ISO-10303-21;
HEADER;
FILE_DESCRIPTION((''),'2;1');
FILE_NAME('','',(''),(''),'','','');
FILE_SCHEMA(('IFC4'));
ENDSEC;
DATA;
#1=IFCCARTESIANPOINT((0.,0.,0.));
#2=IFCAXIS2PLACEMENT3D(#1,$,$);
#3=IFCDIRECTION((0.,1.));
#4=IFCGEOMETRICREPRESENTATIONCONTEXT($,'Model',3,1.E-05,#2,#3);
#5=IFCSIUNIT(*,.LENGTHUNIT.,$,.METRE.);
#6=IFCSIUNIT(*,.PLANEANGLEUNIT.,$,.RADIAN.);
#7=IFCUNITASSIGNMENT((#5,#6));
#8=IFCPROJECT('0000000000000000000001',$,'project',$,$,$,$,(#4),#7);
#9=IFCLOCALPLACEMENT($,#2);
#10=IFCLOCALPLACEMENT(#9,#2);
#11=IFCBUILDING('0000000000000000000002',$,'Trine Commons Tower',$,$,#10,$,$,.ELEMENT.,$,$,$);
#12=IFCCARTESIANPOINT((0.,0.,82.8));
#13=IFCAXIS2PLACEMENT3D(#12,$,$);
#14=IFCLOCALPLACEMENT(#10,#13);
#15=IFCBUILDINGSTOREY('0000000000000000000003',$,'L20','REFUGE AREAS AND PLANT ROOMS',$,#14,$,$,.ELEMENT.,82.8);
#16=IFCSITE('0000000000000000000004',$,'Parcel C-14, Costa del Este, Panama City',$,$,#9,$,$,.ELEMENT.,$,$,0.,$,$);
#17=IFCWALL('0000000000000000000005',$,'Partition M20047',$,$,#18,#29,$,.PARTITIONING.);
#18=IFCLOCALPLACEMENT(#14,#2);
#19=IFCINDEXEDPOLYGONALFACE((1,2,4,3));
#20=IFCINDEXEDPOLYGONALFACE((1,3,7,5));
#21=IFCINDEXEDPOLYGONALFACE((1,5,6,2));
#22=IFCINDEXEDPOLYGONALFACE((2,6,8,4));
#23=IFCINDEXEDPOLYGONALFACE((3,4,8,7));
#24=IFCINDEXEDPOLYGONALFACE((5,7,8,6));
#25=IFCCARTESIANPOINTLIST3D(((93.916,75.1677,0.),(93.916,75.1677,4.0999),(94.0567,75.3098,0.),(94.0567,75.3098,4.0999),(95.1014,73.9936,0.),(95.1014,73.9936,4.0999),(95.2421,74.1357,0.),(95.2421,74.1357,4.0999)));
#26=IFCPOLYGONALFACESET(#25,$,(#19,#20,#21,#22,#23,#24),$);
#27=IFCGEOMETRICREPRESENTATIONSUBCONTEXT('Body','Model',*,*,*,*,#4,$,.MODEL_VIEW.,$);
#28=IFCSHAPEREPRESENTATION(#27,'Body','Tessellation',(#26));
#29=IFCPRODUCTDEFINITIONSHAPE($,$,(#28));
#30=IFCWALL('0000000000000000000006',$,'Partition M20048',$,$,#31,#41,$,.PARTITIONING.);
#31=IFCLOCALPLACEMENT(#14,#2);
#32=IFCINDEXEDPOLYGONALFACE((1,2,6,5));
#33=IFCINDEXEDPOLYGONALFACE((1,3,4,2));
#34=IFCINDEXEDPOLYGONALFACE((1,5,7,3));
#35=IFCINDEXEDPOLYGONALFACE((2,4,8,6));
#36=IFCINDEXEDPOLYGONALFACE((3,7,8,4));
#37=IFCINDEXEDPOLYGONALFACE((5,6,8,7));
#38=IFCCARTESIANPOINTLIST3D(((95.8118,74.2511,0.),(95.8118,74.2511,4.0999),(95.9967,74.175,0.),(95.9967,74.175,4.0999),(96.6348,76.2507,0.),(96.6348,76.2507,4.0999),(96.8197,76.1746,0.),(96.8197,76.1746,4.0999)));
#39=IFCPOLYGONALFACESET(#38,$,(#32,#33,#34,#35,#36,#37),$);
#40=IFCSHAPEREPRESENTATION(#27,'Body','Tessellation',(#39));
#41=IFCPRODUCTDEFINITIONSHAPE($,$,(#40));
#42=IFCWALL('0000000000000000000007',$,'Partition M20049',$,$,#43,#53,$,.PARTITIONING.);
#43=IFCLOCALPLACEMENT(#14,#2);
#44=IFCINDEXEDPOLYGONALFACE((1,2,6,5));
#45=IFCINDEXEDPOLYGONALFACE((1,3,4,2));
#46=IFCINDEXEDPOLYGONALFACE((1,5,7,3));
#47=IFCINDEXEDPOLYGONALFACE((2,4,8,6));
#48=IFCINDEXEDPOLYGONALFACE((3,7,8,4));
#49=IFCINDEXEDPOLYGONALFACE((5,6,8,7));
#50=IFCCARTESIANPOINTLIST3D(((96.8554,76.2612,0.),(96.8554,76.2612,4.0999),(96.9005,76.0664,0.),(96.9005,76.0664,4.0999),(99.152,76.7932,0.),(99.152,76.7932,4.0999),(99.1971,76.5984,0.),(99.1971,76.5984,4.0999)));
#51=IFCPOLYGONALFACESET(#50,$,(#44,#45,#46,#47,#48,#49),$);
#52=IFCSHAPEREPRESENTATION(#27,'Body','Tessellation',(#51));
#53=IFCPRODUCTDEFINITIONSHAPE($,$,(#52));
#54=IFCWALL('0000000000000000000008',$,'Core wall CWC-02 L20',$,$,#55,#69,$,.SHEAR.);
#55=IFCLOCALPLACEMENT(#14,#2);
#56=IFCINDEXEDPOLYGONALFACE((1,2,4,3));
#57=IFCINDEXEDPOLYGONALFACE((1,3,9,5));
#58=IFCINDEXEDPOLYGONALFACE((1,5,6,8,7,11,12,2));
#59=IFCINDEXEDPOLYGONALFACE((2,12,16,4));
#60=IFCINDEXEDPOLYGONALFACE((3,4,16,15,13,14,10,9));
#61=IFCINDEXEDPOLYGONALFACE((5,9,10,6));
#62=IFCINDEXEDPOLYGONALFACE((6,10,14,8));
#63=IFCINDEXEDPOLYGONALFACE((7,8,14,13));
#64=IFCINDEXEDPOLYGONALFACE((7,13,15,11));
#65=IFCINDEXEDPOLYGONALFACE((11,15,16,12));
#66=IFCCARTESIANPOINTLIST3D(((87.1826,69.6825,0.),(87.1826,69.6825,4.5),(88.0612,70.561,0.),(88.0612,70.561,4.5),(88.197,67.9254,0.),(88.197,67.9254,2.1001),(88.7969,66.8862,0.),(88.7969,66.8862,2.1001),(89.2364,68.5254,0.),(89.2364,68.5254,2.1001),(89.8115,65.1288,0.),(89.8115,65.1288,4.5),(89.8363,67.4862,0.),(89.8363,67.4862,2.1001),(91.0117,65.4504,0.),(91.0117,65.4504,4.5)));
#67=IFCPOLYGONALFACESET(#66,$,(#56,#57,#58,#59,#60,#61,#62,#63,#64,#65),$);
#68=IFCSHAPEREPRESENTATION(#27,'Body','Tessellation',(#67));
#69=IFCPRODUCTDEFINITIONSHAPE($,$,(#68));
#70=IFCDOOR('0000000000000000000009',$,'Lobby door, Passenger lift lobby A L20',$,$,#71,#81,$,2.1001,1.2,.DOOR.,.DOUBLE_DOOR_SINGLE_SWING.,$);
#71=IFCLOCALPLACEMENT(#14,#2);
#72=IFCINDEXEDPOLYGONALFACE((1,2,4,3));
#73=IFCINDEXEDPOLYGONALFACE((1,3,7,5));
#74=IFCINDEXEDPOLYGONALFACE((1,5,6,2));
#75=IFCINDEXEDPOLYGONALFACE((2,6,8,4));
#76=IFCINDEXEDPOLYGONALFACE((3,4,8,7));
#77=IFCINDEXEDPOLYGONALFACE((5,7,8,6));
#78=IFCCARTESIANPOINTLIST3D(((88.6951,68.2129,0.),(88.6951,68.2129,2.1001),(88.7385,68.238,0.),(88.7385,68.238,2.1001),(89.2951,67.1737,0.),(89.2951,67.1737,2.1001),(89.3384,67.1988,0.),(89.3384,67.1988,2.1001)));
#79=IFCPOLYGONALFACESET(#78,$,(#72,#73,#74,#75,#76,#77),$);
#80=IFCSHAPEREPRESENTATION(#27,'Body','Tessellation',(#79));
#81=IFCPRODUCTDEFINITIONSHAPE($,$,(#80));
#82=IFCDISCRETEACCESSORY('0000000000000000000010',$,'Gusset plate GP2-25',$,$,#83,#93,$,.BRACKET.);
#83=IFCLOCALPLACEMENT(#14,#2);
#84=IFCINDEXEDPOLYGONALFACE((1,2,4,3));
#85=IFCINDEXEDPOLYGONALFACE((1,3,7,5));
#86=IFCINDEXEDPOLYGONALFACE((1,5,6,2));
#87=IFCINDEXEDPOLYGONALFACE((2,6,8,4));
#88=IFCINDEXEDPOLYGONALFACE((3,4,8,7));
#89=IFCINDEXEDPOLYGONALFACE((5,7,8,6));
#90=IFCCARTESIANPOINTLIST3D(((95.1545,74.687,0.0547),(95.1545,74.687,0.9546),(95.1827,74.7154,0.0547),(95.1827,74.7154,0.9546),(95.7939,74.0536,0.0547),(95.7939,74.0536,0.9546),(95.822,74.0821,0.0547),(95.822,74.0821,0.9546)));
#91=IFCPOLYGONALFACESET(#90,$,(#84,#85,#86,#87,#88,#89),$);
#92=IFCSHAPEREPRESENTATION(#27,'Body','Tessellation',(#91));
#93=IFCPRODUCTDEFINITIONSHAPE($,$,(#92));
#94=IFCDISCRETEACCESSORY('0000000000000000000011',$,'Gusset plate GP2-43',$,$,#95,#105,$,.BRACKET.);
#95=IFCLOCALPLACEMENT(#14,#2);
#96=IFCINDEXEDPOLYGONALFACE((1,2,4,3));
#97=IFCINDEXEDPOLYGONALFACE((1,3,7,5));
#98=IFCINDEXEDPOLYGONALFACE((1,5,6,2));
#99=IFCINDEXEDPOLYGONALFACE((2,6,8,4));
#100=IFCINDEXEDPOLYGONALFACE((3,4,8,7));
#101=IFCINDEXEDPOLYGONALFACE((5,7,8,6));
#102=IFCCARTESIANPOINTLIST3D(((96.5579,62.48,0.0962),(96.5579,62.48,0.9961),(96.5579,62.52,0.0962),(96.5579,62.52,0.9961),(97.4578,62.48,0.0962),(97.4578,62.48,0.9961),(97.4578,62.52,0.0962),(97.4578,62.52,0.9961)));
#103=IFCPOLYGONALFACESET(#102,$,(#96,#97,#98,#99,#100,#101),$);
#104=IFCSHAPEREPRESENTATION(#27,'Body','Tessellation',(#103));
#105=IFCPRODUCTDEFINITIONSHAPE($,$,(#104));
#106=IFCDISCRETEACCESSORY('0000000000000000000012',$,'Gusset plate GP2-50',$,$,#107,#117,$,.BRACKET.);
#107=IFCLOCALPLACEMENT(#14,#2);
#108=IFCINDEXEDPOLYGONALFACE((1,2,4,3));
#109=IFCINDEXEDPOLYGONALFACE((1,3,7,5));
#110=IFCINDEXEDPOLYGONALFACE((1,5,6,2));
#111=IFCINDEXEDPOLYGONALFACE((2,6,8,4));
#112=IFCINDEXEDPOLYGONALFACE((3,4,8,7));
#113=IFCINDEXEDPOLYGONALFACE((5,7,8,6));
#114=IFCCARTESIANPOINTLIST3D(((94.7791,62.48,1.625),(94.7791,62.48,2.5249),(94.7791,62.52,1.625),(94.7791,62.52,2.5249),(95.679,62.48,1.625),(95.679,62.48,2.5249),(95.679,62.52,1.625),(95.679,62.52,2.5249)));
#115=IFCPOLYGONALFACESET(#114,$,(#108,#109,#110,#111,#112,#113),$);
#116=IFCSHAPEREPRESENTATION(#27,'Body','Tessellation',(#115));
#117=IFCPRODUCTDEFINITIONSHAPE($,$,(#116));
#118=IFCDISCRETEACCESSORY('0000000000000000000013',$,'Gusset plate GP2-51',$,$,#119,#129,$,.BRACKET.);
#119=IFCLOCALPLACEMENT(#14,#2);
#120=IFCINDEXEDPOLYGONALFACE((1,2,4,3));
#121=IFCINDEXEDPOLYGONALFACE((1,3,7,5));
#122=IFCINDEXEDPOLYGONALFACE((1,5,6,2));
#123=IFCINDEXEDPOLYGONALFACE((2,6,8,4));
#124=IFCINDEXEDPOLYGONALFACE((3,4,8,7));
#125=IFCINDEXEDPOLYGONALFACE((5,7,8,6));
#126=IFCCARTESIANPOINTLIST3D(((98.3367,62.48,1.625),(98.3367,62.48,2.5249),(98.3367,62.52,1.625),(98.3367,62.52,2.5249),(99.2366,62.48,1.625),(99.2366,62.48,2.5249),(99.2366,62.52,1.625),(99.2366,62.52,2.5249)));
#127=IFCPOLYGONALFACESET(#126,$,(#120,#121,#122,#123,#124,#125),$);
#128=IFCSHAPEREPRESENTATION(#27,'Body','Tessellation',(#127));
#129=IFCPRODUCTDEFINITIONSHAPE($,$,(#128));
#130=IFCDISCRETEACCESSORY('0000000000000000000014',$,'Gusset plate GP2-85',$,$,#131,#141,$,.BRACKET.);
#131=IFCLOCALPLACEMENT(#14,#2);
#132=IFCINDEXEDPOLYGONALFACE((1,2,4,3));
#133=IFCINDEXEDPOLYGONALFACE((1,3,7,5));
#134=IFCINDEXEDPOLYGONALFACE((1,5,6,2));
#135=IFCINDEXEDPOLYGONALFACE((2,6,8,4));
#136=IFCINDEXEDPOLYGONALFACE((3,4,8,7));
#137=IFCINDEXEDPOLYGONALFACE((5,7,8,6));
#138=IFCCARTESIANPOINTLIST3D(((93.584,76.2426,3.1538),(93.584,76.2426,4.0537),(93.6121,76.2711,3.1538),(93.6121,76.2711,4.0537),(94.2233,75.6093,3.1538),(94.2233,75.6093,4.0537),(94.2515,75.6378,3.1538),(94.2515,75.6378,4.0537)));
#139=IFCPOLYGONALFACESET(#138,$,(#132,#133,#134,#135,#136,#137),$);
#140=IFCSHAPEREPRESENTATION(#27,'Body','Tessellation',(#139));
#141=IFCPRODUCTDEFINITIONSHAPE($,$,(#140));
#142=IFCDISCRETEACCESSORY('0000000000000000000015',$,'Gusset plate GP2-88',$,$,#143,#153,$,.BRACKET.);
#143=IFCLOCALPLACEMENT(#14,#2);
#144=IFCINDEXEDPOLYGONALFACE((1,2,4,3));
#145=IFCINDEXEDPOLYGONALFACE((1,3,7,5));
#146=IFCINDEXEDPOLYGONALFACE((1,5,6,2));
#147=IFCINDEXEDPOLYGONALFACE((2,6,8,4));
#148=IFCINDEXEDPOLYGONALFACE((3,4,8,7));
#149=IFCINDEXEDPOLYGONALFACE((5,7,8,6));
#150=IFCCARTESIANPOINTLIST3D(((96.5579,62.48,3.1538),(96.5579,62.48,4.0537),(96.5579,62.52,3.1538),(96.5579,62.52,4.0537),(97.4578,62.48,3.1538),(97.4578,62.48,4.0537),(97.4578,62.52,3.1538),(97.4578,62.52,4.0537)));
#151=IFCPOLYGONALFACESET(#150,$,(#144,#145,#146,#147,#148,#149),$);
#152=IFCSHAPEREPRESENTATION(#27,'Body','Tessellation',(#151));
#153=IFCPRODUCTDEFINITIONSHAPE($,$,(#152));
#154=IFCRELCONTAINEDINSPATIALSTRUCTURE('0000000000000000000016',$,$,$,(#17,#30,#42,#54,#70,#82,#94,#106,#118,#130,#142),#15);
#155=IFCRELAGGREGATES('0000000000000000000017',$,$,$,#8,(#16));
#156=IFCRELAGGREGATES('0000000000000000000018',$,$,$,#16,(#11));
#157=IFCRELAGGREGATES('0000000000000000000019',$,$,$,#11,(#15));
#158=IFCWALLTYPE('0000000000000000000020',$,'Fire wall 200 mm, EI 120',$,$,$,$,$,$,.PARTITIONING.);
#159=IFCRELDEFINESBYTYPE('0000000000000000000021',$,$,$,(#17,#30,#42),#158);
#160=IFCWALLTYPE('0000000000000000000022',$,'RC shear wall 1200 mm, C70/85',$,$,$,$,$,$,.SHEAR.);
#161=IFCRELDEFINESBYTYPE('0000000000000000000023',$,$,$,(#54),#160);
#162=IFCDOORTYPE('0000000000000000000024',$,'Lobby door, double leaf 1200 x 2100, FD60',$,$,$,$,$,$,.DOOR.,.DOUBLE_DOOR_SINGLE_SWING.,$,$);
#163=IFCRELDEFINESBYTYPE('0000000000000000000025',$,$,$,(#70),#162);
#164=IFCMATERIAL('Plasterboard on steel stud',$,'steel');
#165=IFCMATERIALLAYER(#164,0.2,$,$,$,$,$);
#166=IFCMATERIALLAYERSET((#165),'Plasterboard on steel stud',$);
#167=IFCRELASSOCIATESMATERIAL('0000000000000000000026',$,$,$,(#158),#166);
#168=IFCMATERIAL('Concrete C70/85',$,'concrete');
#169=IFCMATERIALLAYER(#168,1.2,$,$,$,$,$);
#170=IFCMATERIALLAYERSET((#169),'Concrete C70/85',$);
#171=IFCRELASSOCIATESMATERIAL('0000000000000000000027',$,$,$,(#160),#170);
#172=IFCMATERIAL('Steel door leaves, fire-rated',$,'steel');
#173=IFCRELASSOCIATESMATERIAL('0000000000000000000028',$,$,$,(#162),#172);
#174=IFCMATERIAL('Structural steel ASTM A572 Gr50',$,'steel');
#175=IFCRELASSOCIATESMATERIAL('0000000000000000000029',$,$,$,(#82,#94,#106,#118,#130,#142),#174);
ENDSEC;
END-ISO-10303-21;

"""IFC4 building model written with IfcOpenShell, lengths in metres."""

from ifc_helpers import new_model, si_unit, direction, frame, frame_2d, origin, origin_2d, place, context, subcontext, project, spatial, polyline, rectangle, outline, extrude, material, layer, layer_set, type_object, element, fill, save


model = new_model("IFC4")

# Units and contexts
model_context = context("Model", 3, precision=1e-05, world=origin(), true_north=direction((0.0, 1.0)))
body_context = subcontext(model_context, "Body", "Model", "MODEL_VIEW")
ifc_project = project(units=[si_unit("LENGTHUNIT", "METRE"), si_unit("PLANEANGLEUNIT", "RADIAN")], contexts=[model_context])

# Site, building, storey
site_placement = place(None, origin())
site = spatial("IfcSite", under=ifc_project, at=site_placement, Name="Parcel C-14, Costa del Este, Panama City", CompositionType="ELEMENT", RefElevation=0.0)
building_placement = place(site_placement, origin())
building = spatial("IfcBuilding", under=site, at=building_placement, Name="Trine Commons Tower", CompositionType="ELEMENT")
storey_placement = place(building_placement, frame((0.0, 0.0, 82.8)))
storey = spatial("IfcBuildingStorey", under=building, at=storey_placement, Name="L20", Description="REFUGE AREAS AND PLANT ROOMS", CompositionType="ELEMENT", Elevation=82.8)

# Shared definitions
ifc_material_1 = material(Name="Plasterboard on steel stud", Category="steel")
ifc_layer_1 = layer(ifc_material_1, 0.2)
ifc_layer_set_1 = layer_set([ifc_layer_1], Name="Plasterboard on steel stud")
wall_type_1 = type_object("IfcWallType", Name="Fire wall 200 mm, EI 120", PredefinedType="PARTITIONING", material=ifc_layer_set_1)

# Walls
wall_1_placement = place(storey_placement, frame((93.9863, 75.2388, 0.0), z_axis=(0.0, 0.0, 1.0), x_axis=(0.710465, -0.703733, 0.0)))
element("IfcWall", 1, at=wall_1_placement, inside=storey, type_object=wall_type_1, Name="Partition M20047", PredefinedType="PARTITIONING", context=body_context, shape_type="SweptSolid", body=[
    extrude(rectangle(XDim=1.6685, YDim=0.2, at=frame_2d((0.8342, 0.0))), origin(), (0.0, 0.0, 1.0), 4.0999),
])
wall_2_placement = place(storey_placement, frame((95.9043, 74.2131, 0.0), z_axis=(0.0, 0.0, 1.0), x_axis=(0.380619, 0.924732, 0.0)))
element("IfcWall", 2, at=wall_2_placement, inside=storey, type_object=wall_type_1, Name="Partition M20048", PredefinedType="PARTITIONING", context=body_context, shape_type="SweptSolid", body=[
    extrude(rectangle(XDim=2.1624, YDim=0.2, at=frame_2d((1.0811, 0.0))), origin(), (0.0, 0.0, 1.0), 4.0999),
])
wall_3_placement = place(storey_placement, frame((96.8779, 76.1638, 0.0), z_axis=(0.0, 0.0, 1.0), x_axis=(0.974206, 0.225661, 0.0)))
element("IfcWall", 3, at=wall_3_placement, inside=storey, type_object=wall_type_1, Name="Partition M20049", PredefinedType="PARTITIONING", context=body_context, shape_type="SweptSolid", body=[
    extrude(rectangle(XDim=2.3574, YDim=0.2, at=frame_2d((1.1787, 0.0))), origin(), (0.0, 0.0, 1.0), 4.0999),
])

# Wall, opening, door
ifc_material_2 = material(Name="Concrete C70/85", Category="concrete")
ifc_layer_2 = layer(ifc_material_2, 1.2)
ifc_layer_set_2 = layer_set([ifc_layer_2], Name="Concrete C70/85")
wall_type_2 = type_object("IfcWallType", Name="RC shear wall 1200 mm, C70/85", PredefinedType="SHEAR", material=ifc_layer_set_2)
wall_4_placement = place(storey_placement, frame((90.4919, 65.1504, 0.0), z_axis=(0.0, 0.0, 1.0), x_axis=(-0.499979, 0.866037, 0.0)))
wall_4 = element("IfcWall", 4, at=wall_4_placement, inside=storey, type_object=wall_type_2, Name="Core wall CWC-02 L20", PredefinedType="SHEAR", context=body_context, shape_type="SweptSolid", body=[
    extrude(outline(polyline([(0.0, -0.6001), (5.9011, -0.6001), (5.5796, 0.6001), (0.3215, 0.6001), (0.0, -0.6001)])), origin(), (0.0, 0.0, 1.0), 4.5),
])
opening_1_placement = place(wall_4_placement, frame((2.3506, 0.0, 0.0)))
opening_1 = element("IfcOpeningElement", 5, at=opening_1_placement, cuts=wall_4, PredefinedType="OPENING", context=body_context, shape_type="SweptSolid", body=[
    extrude(rectangle(XDim=1.2, YDim=2.1001, at=frame_2d((0.6001, 1.05))), frame((0.0, 0.6099, 0.0), z_axis=(0.0, -1.0, 0.0), x_axis=(1.0, 0.0, 0.0)), (0.0, 0.0, 1.0), 1.22),
])
ifc_material_3 = material(Name="Steel door leaves, fire-rated", Category="steel")
door_type_1 = type_object("IfcDoorType", Name="Lobby door, double leaf 1200 x 2100, FD60", OperationType="DOUBLE_DOOR_SINGLE_SWING", PredefinedType="DOOR", material=ifc_material_3)
door_1_placement = place(opening_1_placement, origin())
door_1 = element("IfcDoor", 6, at=door_1_placement, inside=storey, type_object=door_type_1, Name="Lobby door, Passenger lift lobby A L20", OperationType="DOUBLE_DOOR_SINGLE_SWING", OverallHeight=2.1001, OverallWidth=1.2, PredefinedType="DOOR", context=body_context, shape_type="SweptSolid", body=[
    extrude(rectangle(XDim=1.2, YDim=2.1001, at=frame_2d((0.6001, 1.05))), frame((0.0, 0.0249, 0.0), z_axis=(0.0, -1.0, 0.0), x_axis=(1.0, 0.0, 0.0)), (0.0, 0.0, 1.0), 0.05),
])
fill(opening_1, door_1)

# Discrete accessories
ifc_material_4 = material(Name="Structural steel ASTM A572 Gr50", Category="steel")
for number, where, z_axis, x_axis, name in (
    (7, (95.4883, 74.3845, 0.0547), (0.0, 0.0, 1.0), (-0.710443, 0.703754, 0.0), "Gusset plate GP2-25"),
    (8, (97.0078, 62.5, 0.0962), (0.0, 0.0, 1.0), (1.0, 0.0, 0.0), "Gusset plate GP2-43"),
    (9, (95.229, 62.5, 1.625), (0.0, 0.0, 1.0), (1.0, 0.0, 0.0), "Gusset plate GP2-50"),
    (10, (98.7866, 62.5, 1.625), (0.0, 0.0, 1.0), (1.0, 0.0, 0.0), "Gusset plate GP2-51"),
    (11, (93.9177, 75.9402, 3.1538), (0.0, 0.0, 1.0), (-0.710443, 0.703754, 0.0), "Gusset plate GP2-85"),
    (12, (97.0078, 62.5, 3.1538), (0.0, 0.0, 1.0), (1.0, 0.0, 0.0), "Gusset plate GP2-88"),
):
    element("IfcDiscreteAccessory", number, at=place(storey_placement, frame(where, z_axis=z_axis, x_axis=x_axis)), inside=storey, material=ifc_material_4, Name=name, PredefinedType="BRACKET", context=body_context, shape_type="SweptSolid", body=[
        extrude(rectangle(XDim=0.8999, YDim=0.04, at=origin_2d()), origin(), (0.0, 0.0, 1.0), 0.8999),
    ])

save(model, "model.ifc")
